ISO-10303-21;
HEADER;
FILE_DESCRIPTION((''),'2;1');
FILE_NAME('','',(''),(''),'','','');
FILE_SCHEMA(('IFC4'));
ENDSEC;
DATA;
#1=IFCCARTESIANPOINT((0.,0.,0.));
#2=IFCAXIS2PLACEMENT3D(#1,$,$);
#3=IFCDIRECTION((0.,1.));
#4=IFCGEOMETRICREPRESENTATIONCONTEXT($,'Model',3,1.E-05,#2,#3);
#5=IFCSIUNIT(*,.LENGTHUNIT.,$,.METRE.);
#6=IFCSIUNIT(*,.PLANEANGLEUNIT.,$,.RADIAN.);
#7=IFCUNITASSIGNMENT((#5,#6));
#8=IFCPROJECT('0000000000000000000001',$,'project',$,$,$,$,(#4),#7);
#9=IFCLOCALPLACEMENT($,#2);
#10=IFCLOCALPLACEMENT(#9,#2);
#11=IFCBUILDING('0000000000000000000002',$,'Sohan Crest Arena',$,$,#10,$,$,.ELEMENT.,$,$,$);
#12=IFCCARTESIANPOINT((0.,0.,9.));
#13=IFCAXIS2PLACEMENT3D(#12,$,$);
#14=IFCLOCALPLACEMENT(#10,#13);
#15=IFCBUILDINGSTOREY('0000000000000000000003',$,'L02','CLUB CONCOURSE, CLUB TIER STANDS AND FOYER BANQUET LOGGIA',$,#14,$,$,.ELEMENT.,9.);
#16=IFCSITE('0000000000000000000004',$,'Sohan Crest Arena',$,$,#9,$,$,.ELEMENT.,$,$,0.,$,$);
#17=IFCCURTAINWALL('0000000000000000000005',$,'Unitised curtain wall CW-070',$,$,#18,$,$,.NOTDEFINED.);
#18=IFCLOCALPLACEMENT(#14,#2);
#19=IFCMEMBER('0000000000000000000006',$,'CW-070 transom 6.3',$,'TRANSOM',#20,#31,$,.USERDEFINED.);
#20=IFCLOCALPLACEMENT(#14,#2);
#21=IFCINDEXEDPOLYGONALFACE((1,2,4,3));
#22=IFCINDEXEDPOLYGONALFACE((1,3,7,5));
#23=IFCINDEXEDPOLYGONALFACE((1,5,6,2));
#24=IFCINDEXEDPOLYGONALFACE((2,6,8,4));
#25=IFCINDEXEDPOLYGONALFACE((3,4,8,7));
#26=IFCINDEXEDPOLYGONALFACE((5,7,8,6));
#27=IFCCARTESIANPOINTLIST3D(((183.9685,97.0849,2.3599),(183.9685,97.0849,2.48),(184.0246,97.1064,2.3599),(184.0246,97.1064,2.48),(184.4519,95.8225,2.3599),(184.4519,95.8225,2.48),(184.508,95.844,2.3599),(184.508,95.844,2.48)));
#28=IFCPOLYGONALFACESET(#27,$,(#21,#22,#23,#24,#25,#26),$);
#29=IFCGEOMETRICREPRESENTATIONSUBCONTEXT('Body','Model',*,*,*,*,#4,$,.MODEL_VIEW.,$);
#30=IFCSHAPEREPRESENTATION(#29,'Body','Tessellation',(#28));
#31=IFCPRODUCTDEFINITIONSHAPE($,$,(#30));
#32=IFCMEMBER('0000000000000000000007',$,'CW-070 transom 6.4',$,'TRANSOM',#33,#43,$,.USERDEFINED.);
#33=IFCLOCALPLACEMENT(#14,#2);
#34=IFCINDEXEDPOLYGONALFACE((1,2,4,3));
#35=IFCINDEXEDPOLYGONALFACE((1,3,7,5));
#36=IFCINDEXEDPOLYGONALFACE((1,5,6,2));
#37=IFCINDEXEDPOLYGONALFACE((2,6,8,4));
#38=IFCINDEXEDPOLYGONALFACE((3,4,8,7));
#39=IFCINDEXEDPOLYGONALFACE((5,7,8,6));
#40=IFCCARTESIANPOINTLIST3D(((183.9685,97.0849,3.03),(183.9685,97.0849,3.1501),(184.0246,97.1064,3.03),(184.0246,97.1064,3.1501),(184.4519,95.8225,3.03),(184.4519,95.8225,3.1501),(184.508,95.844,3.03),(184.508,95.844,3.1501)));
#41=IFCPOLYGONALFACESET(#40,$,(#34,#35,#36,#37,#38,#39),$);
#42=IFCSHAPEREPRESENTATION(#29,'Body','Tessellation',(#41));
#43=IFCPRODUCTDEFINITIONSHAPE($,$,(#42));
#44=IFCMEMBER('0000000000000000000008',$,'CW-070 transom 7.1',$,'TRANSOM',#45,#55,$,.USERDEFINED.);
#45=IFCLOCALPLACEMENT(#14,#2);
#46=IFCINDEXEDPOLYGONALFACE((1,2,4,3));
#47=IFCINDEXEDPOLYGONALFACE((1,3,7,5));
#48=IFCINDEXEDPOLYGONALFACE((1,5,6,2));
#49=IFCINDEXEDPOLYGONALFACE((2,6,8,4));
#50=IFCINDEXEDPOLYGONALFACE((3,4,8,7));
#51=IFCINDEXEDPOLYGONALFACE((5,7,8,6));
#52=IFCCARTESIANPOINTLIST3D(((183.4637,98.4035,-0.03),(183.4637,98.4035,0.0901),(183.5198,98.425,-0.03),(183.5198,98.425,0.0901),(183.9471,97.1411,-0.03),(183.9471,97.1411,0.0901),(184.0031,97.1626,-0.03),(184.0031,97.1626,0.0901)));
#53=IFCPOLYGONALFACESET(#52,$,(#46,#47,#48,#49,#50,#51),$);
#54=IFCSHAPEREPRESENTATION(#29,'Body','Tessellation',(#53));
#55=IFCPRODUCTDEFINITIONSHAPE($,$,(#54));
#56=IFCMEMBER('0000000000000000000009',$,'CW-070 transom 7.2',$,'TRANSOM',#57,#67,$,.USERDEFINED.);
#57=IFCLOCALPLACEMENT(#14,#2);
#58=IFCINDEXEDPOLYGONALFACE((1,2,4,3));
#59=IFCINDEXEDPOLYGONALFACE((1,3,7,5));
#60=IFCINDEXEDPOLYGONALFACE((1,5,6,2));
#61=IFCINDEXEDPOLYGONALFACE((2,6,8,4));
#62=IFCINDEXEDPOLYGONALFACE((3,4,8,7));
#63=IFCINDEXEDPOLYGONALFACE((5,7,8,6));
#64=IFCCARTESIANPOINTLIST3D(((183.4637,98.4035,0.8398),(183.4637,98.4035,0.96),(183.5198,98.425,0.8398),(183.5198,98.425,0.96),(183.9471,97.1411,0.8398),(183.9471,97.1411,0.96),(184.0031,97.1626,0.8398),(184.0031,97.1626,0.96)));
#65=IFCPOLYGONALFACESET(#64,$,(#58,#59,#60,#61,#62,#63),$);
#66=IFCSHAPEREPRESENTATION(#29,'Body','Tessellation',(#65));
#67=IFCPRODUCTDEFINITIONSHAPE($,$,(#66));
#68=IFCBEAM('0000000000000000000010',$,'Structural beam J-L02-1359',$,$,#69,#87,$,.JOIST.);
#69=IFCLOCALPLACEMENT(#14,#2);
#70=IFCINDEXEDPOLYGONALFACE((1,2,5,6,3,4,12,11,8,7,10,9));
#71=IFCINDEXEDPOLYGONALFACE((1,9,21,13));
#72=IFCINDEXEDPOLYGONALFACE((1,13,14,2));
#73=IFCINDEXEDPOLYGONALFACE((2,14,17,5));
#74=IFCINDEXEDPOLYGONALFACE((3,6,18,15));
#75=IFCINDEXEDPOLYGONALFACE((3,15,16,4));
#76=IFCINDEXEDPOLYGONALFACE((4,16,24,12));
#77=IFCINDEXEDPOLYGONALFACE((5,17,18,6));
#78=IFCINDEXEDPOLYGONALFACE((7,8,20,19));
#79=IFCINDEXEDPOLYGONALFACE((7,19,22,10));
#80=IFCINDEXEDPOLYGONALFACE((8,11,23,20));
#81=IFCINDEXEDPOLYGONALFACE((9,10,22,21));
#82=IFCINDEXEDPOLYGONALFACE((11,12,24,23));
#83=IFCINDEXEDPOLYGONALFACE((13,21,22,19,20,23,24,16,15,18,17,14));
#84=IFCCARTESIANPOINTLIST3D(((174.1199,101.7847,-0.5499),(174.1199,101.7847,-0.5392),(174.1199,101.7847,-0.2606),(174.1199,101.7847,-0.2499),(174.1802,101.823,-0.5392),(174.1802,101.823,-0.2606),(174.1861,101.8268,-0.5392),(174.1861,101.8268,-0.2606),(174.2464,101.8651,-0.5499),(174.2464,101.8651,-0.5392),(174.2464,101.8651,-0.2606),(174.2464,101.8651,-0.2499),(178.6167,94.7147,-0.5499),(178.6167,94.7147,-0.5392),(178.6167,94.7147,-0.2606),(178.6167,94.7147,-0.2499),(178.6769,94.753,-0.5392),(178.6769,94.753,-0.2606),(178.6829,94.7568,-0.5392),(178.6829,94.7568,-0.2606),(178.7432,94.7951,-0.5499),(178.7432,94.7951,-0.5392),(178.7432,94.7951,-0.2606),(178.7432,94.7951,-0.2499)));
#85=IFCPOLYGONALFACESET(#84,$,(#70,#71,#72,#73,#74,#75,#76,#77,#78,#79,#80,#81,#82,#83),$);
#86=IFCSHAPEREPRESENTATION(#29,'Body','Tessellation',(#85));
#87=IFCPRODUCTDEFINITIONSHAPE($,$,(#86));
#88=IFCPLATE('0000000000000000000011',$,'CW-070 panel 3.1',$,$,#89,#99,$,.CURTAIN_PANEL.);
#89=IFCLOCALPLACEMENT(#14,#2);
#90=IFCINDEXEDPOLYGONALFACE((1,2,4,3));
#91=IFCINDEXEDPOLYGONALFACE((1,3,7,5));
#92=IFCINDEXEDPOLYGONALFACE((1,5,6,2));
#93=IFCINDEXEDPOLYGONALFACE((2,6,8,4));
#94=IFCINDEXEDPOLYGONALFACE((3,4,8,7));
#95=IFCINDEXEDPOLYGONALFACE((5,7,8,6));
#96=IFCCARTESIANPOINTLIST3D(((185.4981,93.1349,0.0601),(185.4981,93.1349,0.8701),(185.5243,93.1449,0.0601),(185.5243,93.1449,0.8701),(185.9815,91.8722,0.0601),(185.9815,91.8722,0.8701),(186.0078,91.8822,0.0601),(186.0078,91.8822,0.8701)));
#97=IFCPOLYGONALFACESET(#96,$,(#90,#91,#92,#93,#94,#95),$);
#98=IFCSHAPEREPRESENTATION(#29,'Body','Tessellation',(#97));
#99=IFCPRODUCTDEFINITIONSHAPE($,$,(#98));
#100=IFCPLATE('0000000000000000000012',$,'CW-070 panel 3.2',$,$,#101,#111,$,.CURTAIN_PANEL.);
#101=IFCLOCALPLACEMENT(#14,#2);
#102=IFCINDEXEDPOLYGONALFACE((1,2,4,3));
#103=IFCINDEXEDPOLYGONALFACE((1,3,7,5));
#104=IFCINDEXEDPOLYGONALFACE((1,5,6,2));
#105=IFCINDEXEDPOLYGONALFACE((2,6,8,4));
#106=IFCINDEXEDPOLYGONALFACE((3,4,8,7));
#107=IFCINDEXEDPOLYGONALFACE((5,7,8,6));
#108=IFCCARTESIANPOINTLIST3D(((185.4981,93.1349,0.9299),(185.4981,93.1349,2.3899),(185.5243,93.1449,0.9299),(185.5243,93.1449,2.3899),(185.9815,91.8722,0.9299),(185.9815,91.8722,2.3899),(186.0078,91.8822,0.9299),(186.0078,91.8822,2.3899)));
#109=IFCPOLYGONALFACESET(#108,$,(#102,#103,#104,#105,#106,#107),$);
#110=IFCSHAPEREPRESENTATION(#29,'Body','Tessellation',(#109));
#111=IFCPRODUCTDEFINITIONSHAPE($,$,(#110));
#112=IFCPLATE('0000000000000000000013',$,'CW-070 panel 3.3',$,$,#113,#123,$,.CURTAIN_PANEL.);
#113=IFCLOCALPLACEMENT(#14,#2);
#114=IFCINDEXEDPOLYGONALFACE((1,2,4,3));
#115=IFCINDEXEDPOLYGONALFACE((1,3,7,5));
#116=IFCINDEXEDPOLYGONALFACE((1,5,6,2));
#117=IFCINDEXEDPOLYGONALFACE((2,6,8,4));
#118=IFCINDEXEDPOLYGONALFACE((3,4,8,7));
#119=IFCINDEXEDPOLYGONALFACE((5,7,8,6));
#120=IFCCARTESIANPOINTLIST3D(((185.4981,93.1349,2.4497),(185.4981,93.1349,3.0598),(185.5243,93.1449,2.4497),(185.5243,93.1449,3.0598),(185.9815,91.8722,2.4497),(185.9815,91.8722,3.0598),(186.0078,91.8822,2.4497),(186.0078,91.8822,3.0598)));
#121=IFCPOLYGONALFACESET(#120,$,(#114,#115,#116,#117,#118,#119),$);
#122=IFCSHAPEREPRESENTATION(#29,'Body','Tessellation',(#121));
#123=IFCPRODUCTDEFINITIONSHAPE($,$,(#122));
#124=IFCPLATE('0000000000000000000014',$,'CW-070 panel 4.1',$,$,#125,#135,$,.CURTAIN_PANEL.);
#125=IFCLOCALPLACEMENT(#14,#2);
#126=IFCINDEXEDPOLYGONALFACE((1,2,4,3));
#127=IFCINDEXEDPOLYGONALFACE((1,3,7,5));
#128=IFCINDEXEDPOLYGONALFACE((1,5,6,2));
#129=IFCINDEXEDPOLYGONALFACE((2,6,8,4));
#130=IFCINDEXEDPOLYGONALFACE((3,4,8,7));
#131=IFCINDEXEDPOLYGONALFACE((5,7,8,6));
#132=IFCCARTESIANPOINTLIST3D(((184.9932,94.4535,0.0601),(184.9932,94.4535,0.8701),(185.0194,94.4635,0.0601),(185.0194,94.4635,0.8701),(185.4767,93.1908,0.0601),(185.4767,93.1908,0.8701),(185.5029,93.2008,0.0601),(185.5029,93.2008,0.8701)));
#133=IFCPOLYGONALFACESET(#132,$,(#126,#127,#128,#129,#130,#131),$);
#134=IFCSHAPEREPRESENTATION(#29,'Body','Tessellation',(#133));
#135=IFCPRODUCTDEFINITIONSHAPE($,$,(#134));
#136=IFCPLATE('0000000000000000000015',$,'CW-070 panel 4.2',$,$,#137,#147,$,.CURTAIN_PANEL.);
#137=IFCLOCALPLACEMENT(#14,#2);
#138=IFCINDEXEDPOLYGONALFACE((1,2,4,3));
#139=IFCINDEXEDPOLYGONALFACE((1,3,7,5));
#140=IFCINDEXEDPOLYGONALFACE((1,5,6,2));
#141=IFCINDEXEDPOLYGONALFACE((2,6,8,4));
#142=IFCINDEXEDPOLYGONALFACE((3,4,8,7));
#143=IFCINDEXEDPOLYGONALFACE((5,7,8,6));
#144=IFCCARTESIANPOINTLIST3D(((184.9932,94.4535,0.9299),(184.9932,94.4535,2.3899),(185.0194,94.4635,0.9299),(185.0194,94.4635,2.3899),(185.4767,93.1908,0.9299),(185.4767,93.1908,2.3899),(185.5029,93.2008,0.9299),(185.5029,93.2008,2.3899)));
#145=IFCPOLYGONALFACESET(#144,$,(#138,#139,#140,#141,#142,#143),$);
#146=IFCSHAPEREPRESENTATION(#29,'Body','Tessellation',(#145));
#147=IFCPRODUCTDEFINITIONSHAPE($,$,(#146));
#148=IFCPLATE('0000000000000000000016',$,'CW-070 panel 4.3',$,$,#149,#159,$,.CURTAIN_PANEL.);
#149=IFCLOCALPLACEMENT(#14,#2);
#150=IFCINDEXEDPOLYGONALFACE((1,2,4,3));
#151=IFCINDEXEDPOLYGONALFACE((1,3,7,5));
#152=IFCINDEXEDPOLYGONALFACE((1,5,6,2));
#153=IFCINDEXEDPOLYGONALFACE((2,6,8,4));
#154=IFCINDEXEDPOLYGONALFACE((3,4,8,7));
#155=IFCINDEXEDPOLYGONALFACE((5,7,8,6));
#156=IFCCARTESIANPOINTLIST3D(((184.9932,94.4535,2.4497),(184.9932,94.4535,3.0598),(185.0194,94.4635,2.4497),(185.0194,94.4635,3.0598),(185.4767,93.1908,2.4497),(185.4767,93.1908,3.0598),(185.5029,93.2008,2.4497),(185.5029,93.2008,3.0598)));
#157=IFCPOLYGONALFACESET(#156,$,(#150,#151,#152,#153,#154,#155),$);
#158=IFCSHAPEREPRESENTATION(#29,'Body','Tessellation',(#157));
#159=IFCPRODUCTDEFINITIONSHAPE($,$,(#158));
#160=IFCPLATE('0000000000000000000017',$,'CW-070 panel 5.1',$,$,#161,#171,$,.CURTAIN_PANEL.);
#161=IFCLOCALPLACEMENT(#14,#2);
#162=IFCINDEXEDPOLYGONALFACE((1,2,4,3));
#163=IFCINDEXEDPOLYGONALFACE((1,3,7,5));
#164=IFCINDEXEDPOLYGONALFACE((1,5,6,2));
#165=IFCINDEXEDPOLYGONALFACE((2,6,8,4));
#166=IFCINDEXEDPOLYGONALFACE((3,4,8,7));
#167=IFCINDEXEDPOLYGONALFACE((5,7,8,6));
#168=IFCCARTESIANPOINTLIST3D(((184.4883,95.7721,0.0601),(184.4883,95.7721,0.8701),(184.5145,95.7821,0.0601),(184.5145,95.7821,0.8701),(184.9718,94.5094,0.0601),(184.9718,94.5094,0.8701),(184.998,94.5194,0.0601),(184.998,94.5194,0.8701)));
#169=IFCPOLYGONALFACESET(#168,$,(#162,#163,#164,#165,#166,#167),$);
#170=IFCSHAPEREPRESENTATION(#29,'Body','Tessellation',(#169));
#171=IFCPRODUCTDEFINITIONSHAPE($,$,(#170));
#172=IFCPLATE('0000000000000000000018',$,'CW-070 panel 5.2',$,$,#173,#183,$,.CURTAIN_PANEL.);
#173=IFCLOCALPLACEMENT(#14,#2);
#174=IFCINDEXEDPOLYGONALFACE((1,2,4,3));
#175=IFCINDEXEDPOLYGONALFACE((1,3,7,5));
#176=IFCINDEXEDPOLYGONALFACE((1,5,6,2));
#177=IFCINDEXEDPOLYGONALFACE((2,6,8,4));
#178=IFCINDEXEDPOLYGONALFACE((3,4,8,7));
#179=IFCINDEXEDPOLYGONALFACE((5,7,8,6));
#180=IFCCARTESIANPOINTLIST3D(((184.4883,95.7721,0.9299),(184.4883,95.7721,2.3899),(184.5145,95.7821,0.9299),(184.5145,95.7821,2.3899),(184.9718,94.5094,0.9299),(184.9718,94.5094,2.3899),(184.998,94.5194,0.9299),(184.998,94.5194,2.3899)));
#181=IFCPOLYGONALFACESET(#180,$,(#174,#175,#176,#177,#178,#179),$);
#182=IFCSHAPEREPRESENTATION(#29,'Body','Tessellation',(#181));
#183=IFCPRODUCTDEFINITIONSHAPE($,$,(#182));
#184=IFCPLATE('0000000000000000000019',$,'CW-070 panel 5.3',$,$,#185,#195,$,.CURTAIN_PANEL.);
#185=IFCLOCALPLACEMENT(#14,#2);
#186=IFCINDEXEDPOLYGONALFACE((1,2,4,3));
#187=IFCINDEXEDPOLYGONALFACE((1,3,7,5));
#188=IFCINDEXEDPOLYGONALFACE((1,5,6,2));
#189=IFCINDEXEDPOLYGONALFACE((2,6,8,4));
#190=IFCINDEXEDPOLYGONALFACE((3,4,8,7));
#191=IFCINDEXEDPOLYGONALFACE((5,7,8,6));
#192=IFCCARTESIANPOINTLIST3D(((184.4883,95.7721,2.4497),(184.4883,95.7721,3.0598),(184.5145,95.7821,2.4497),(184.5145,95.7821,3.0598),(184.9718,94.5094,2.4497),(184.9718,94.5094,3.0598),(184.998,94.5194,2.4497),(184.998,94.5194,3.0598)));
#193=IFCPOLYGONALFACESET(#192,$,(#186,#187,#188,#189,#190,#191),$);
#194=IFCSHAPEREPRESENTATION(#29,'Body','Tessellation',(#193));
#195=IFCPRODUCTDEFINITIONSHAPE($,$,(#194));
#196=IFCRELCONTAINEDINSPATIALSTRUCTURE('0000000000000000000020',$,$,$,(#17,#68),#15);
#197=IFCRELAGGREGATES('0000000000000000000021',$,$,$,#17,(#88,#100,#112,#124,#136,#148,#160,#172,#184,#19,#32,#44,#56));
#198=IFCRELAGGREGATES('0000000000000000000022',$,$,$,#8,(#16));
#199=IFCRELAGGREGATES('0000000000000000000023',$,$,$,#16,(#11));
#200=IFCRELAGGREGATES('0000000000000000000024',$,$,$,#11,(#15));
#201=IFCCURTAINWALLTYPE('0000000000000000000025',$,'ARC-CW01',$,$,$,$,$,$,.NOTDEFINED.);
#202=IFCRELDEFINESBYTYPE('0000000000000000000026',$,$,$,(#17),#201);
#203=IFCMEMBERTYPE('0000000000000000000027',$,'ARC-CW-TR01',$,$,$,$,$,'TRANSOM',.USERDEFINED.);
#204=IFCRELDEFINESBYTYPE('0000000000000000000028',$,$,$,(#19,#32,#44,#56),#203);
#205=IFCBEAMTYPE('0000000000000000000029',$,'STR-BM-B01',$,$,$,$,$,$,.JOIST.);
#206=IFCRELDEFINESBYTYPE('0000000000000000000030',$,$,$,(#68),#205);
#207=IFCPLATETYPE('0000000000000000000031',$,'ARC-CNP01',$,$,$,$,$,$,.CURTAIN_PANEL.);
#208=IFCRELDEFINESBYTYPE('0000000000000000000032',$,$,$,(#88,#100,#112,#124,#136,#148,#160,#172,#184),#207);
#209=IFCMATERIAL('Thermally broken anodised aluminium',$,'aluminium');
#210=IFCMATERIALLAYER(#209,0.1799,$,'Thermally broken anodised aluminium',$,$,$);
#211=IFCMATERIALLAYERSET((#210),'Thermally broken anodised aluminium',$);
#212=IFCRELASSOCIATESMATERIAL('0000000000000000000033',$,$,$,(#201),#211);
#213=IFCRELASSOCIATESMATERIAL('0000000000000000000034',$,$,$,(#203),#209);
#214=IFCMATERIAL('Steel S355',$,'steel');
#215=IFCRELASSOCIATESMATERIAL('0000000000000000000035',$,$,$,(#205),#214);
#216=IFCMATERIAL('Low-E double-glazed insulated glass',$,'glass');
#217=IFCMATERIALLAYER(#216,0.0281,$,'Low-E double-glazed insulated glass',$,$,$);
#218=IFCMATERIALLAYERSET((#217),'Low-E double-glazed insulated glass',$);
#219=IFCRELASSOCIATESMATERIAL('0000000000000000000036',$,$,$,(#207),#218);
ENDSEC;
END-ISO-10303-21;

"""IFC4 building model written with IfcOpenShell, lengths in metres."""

from ifc_helpers import new_model, si_unit, direction, frame, origin, origin_2d, place, context, subcontext, project, spatial, rectangle, i_section, extrude, material, layer, layer_set, material_profile, profile_set, type_object, element, aggregate, save


model = new_model("IFC4")

# Units and contexts
model_context = context("Model", 3, precision=1e-05, world=origin(), true_north=direction((0.0, 1.0)))
body_context = subcontext(model_context, "Body", "Model", "MODEL_VIEW")
ifc_project = project(units=[si_unit("LENGTHUNIT", "METRE"), si_unit("PLANEANGLEUNIT", "RADIAN")], contexts=[model_context])

# Site, building, storey
site_placement = place(None, origin())
site = spatial("IfcSite", under=ifc_project, at=site_placement, Name="Sohan Crest Arena", CompositionType="ELEMENT", RefElevation=0.0)
building_placement = place(site_placement, origin())
building = spatial("IfcBuilding", under=site, at=building_placement, Name="Sohan Crest Arena", CompositionType="ELEMENT")
storey_placement = place(building_placement, frame((0.0, 0.0, 9.0)))
storey = spatial("IfcBuildingStorey", under=building, at=storey_placement, Name="L02", Description="CLUB CONCOURSE, CLUB TIER STANDS AND FOYER BANQUET LOGGIA", CompositionType="ELEMENT", Elevation=9.0)

# Curtain wall, members
ifc_material_1 = material(Name="Thermally broken anodised aluminium", Category="aluminium")
ifc_layer_1 = layer(ifc_material_1, 0.1799, Name="Thermally broken anodised aluminium")
ifc_layer_set_1 = layer_set([ifc_layer_1], Name="Thermally broken anodised aluminium")
curtain_wall_type = type_object("IfcCurtainWallType", Name="ARC-CW01", PredefinedType="NOTDEFINED", material=ifc_layer_set_1)
curtain_wall_placement = place(storey_placement, origin())
curtain_wall = element("IfcCurtainWall", 1, at=curtain_wall_placement, inside=storey, type_object=curtain_wall_type, Name="Unitised curtain wall CW-070", PredefinedType="NOTDEFINED")
ifc_material_profile_1 = material_profile(ifc_material_1, rectangle(XDim=0.0601, YDim=0.1201, at=origin_2d()), Name="ALU-TRAN 60x120")
ifc_profile_set_1 = profile_set([ifc_material_profile_1], Name="Thermally broken anodised aluminium")
member_type_1 = type_object("IfcMemberType", Name="ARC-CW-TR01", ElementType="TRANSOM", PredefinedType="USERDEFINED", material=ifc_profile_set_1)
member_1_placement = place(storey_placement, frame((184.48, 95.8333, 2.4199), z_axis=(-0.357587, 0.93388, 0.0), x_axis=(-0.93388, -0.357587, 0.0)))
member_1 = element("IfcMember", 2, at=member_1_placement, type_object=member_type_1, Name="CW-070 transom 6.3", ObjectType="TRANSOM", PredefinedType="USERDEFINED", context=body_context, shape_type="SweptSolid", body=[
    extrude(rectangle(XDim=0.0601, YDim=0.1201, at=origin_2d()), origin(), (0.0, 0.0, 1.0), 1.3518),
])
member_2_placement = place(storey_placement, frame((184.48, 95.8333, 3.0901), z_axis=(-0.357587, 0.93388, 0.0), x_axis=(-0.93388, -0.357587, 0.0)))
member_2 = element("IfcMember", 3, at=member_2_placement, type_object=member_type_1, Name="CW-070 transom 6.4", ObjectType="TRANSOM", PredefinedType="USERDEFINED", context=body_context, shape_type="SweptSolid", body=[
    extrude(rectangle(XDim=0.0601, YDim=0.1201, at=origin_2d()), origin(), (0.0, 0.0, 1.0), 1.3518),
])
member_3_placement = place(storey_placement, frame((183.9751, 97.1519, 0.03), z_axis=(-0.357587, 0.93388, 0.0), x_axis=(-0.93388, -0.357587, 0.0)))
member_3 = element("IfcMember", 4, at=member_3_placement, type_object=member_type_1, Name="CW-070 transom 7.1", ObjectType="TRANSOM", PredefinedType="USERDEFINED", context=body_context, shape_type="SweptSolid", body=[
    extrude(rectangle(XDim=0.0601, YDim=0.1201, at=origin_2d()), origin(), (0.0, 0.0, 1.0), 1.3518),
])
member_4_placement = place(storey_placement, frame((183.9751, 97.1519, 0.8999), z_axis=(-0.357587, 0.93388, 0.0), x_axis=(-0.93388, -0.357587, 0.0)))
member_4 = element("IfcMember", 5, at=member_4_placement, type_object=member_type_1, Name="CW-070 transom 7.2", ObjectType="TRANSOM", PredefinedType="USERDEFINED", context=body_context, shape_type="SweptSolid", body=[
    extrude(rectangle(XDim=0.0601, YDim=0.1201, at=origin_2d()), origin(), (0.0, 0.0, 1.0), 1.3518),
])

# Beam
ifc_material_2 = material(Name="Steel S355", Category="steel")
ifc_material_profile_2 = material_profile(ifc_material_2, i_section(OverallWidth=0.1499, OverallDepth=0.3, WebThickness=0.0071, FlangeThickness=0.0107, at=origin_2d()), Name="IPE 300")
ifc_profile_set_2 = profile_set([ifc_material_profile_2], Name="Steel S355")
beam_type = type_object("IfcBeamType", Name="STR-BM-B01", PredefinedType="JOIST", material=ifc_profile_set_2)
beam_placement = place(storey_placement, frame((178.6799, 94.7549, -0.3999), z_axis=(-0.536679, 0.843786, 0.0), x_axis=(-0.843786, -0.536679, 0.0)))
element("IfcBeam", 6, at=beam_placement, inside=storey, type_object=beam_type, Name="Structural beam J-L02-1359", PredefinedType="JOIST", context=body_context, shape_type="SweptSolid", body=[
    extrude(i_section(OverallWidth=0.1499, OverallDepth=0.3, WebThickness=0.0071, FlangeThickness=0.0107, at=origin_2d()), origin(), (0.0, 0.0, 1.0), 8.3789),
])

# Plates
ifc_material_3 = material(Name="Low-E double-glazed insulated glass", Category="glass")
ifc_layer_2 = layer(ifc_material_3, 0.0281, Name="Low-E double-glazed insulated glass")
ifc_layer_set_2 = layer_set([ifc_layer_2], Name="Low-E double-glazed insulated glass")
plate_type = type_object("IfcPlateType", Name="ARC-CNP01", PredefinedType="CURTAIN_PANEL", material=ifc_layer_set_2)
plate_1_placement = place(storey_placement, frame((185.7529, 92.5085, 0.0601), z_axis=(0.0, 0.0, 1.0), x_axis=(-0.357567, 0.933888, 0.0)))
plate_1 = element("IfcPlate", 7, at=plate_1_placement, type_object=plate_type, Name="CW-070 panel 3.1", PredefinedType="CURTAIN_PANEL", context=body_context, shape_type="SweptSolid", body=[
    extrude(rectangle(XDim=1.3521, YDim=0.0281, at=origin_2d()), origin(), (0.0, 0.0, 1.0), 0.8101),
])
plate_2_placement = place(storey_placement, frame((185.7529, 92.5085, 0.9299), z_axis=(0.0, 0.0, 1.0), x_axis=(-0.357567, 0.933888, 0.0)))
plate_2 = element("IfcPlate", 8, at=plate_2_placement, type_object=plate_type, Name="CW-070 panel 3.2", PredefinedType="CURTAIN_PANEL", context=body_context, shape_type="SweptSolid", body=[
    extrude(rectangle(XDim=1.3521, YDim=0.0281, at=origin_2d()), origin(), (0.0, 0.0, 1.0), 1.46),
])
plate_3_placement = place(storey_placement, frame((185.7529, 92.5085, 2.4497), z_axis=(0.0, 0.0, 1.0), x_axis=(-0.357567, 0.933888, 0.0)))
plate_3 = element("IfcPlate", 9, at=plate_3_placement, type_object=plate_type, Name="CW-070 panel 3.3", PredefinedType="CURTAIN_PANEL", context=body_context, shape_type="SweptSolid", body=[
    extrude(rectangle(XDim=1.3521, YDim=0.0281, at=origin_2d()), origin(), (0.0, 0.0, 1.0), 0.6101),
])
plate_4_placement = place(storey_placement, frame((185.248, 93.8271, 0.0601), z_axis=(0.0, 0.0, 1.0), x_axis=(-0.357567, 0.933888, 0.0)))
plate_4 = element("IfcPlate", 10, at=plate_4_placement, type_object=plate_type, Name="CW-070 panel 4.1", PredefinedType="CURTAIN_PANEL", context=body_context, shape_type="SweptSolid", body=[
    extrude(rectangle(XDim=1.3521, YDim=0.0281, at=origin_2d()), origin(), (0.0, 0.0, 1.0), 0.8101),
])
plate_5_placement = place(storey_placement, frame((185.248, 93.8271, 0.9299), z_axis=(0.0, 0.0, 1.0), x_axis=(-0.357567, 0.933888, 0.0)))
plate_5 = element("IfcPlate", 11, at=plate_5_placement, type_object=plate_type, Name="CW-070 panel 4.2", PredefinedType="CURTAIN_PANEL", context=body_context, shape_type="SweptSolid", body=[
    extrude(rectangle(XDim=1.3521, YDim=0.0281, at=origin_2d()), origin(), (0.0, 0.0, 1.0), 1.46),
])
plate_6_placement = place(storey_placement, frame((185.248, 93.8271, 2.4497), z_axis=(0.0, 0.0, 1.0), x_axis=(-0.357567, 0.933888, 0.0)))
plate_6 = element("IfcPlate", 12, at=plate_6_placement, type_object=plate_type, Name="CW-070 panel 4.3", PredefinedType="CURTAIN_PANEL", context=body_context, shape_type="SweptSolid", body=[
    extrude(rectangle(XDim=1.3521, YDim=0.0281, at=origin_2d()), origin(), (0.0, 0.0, 1.0), 0.6101),
])
plate_7_placement = place(storey_placement, frame((184.7432, 95.1458, 0.0601), z_axis=(0.0, 0.0, 1.0), x_axis=(-0.357567, 0.933888, 0.0)))
plate_7 = element("IfcPlate", 13, at=plate_7_placement, type_object=plate_type, Name="CW-070 panel 5.1", PredefinedType="CURTAIN_PANEL", context=body_context, shape_type="SweptSolid", body=[
    extrude(rectangle(XDim=1.3521, YDim=0.0281, at=origin_2d()), origin(), (0.0, 0.0, 1.0), 0.8101),
])
plate_8_placement = place(storey_placement, frame((184.7432, 95.1458, 0.9299), z_axis=(0.0, 0.0, 1.0), x_axis=(-0.357567, 0.933888, 0.0)))
plate_8 = element("IfcPlate", 14, at=plate_8_placement, type_object=plate_type, Name="CW-070 panel 5.2", PredefinedType="CURTAIN_PANEL", context=body_context, shape_type="SweptSolid", body=[
    extrude(rectangle(XDim=1.3521, YDim=0.0281, at=origin_2d()), origin(), (0.0, 0.0, 1.0), 1.46),
])
plate_9_placement = place(storey_placement, frame((184.7432, 95.1458, 2.4497), z_axis=(0.0, 0.0, 1.0), x_axis=(-0.357567, 0.933888, 0.0)))
plate_9 = element("IfcPlate", 15, at=plate_9_placement, type_object=plate_type, Name="CW-070 panel 5.3", PredefinedType="CURTAIN_PANEL", context=body_context, shape_type="SweptSolid", body=[
    extrude(rectangle(XDim=1.3521, YDim=0.0281, at=origin_2d()), origin(), (0.0, 0.0, 1.0), 0.6101),
])
aggregate(curtain_wall, [plate_1, plate_2, plate_3, plate_4, plate_5, plate_6, plate_7, plate_8, plate_9, member_1, member_2, member_3, member_4])

save(model, "model.ifc")
